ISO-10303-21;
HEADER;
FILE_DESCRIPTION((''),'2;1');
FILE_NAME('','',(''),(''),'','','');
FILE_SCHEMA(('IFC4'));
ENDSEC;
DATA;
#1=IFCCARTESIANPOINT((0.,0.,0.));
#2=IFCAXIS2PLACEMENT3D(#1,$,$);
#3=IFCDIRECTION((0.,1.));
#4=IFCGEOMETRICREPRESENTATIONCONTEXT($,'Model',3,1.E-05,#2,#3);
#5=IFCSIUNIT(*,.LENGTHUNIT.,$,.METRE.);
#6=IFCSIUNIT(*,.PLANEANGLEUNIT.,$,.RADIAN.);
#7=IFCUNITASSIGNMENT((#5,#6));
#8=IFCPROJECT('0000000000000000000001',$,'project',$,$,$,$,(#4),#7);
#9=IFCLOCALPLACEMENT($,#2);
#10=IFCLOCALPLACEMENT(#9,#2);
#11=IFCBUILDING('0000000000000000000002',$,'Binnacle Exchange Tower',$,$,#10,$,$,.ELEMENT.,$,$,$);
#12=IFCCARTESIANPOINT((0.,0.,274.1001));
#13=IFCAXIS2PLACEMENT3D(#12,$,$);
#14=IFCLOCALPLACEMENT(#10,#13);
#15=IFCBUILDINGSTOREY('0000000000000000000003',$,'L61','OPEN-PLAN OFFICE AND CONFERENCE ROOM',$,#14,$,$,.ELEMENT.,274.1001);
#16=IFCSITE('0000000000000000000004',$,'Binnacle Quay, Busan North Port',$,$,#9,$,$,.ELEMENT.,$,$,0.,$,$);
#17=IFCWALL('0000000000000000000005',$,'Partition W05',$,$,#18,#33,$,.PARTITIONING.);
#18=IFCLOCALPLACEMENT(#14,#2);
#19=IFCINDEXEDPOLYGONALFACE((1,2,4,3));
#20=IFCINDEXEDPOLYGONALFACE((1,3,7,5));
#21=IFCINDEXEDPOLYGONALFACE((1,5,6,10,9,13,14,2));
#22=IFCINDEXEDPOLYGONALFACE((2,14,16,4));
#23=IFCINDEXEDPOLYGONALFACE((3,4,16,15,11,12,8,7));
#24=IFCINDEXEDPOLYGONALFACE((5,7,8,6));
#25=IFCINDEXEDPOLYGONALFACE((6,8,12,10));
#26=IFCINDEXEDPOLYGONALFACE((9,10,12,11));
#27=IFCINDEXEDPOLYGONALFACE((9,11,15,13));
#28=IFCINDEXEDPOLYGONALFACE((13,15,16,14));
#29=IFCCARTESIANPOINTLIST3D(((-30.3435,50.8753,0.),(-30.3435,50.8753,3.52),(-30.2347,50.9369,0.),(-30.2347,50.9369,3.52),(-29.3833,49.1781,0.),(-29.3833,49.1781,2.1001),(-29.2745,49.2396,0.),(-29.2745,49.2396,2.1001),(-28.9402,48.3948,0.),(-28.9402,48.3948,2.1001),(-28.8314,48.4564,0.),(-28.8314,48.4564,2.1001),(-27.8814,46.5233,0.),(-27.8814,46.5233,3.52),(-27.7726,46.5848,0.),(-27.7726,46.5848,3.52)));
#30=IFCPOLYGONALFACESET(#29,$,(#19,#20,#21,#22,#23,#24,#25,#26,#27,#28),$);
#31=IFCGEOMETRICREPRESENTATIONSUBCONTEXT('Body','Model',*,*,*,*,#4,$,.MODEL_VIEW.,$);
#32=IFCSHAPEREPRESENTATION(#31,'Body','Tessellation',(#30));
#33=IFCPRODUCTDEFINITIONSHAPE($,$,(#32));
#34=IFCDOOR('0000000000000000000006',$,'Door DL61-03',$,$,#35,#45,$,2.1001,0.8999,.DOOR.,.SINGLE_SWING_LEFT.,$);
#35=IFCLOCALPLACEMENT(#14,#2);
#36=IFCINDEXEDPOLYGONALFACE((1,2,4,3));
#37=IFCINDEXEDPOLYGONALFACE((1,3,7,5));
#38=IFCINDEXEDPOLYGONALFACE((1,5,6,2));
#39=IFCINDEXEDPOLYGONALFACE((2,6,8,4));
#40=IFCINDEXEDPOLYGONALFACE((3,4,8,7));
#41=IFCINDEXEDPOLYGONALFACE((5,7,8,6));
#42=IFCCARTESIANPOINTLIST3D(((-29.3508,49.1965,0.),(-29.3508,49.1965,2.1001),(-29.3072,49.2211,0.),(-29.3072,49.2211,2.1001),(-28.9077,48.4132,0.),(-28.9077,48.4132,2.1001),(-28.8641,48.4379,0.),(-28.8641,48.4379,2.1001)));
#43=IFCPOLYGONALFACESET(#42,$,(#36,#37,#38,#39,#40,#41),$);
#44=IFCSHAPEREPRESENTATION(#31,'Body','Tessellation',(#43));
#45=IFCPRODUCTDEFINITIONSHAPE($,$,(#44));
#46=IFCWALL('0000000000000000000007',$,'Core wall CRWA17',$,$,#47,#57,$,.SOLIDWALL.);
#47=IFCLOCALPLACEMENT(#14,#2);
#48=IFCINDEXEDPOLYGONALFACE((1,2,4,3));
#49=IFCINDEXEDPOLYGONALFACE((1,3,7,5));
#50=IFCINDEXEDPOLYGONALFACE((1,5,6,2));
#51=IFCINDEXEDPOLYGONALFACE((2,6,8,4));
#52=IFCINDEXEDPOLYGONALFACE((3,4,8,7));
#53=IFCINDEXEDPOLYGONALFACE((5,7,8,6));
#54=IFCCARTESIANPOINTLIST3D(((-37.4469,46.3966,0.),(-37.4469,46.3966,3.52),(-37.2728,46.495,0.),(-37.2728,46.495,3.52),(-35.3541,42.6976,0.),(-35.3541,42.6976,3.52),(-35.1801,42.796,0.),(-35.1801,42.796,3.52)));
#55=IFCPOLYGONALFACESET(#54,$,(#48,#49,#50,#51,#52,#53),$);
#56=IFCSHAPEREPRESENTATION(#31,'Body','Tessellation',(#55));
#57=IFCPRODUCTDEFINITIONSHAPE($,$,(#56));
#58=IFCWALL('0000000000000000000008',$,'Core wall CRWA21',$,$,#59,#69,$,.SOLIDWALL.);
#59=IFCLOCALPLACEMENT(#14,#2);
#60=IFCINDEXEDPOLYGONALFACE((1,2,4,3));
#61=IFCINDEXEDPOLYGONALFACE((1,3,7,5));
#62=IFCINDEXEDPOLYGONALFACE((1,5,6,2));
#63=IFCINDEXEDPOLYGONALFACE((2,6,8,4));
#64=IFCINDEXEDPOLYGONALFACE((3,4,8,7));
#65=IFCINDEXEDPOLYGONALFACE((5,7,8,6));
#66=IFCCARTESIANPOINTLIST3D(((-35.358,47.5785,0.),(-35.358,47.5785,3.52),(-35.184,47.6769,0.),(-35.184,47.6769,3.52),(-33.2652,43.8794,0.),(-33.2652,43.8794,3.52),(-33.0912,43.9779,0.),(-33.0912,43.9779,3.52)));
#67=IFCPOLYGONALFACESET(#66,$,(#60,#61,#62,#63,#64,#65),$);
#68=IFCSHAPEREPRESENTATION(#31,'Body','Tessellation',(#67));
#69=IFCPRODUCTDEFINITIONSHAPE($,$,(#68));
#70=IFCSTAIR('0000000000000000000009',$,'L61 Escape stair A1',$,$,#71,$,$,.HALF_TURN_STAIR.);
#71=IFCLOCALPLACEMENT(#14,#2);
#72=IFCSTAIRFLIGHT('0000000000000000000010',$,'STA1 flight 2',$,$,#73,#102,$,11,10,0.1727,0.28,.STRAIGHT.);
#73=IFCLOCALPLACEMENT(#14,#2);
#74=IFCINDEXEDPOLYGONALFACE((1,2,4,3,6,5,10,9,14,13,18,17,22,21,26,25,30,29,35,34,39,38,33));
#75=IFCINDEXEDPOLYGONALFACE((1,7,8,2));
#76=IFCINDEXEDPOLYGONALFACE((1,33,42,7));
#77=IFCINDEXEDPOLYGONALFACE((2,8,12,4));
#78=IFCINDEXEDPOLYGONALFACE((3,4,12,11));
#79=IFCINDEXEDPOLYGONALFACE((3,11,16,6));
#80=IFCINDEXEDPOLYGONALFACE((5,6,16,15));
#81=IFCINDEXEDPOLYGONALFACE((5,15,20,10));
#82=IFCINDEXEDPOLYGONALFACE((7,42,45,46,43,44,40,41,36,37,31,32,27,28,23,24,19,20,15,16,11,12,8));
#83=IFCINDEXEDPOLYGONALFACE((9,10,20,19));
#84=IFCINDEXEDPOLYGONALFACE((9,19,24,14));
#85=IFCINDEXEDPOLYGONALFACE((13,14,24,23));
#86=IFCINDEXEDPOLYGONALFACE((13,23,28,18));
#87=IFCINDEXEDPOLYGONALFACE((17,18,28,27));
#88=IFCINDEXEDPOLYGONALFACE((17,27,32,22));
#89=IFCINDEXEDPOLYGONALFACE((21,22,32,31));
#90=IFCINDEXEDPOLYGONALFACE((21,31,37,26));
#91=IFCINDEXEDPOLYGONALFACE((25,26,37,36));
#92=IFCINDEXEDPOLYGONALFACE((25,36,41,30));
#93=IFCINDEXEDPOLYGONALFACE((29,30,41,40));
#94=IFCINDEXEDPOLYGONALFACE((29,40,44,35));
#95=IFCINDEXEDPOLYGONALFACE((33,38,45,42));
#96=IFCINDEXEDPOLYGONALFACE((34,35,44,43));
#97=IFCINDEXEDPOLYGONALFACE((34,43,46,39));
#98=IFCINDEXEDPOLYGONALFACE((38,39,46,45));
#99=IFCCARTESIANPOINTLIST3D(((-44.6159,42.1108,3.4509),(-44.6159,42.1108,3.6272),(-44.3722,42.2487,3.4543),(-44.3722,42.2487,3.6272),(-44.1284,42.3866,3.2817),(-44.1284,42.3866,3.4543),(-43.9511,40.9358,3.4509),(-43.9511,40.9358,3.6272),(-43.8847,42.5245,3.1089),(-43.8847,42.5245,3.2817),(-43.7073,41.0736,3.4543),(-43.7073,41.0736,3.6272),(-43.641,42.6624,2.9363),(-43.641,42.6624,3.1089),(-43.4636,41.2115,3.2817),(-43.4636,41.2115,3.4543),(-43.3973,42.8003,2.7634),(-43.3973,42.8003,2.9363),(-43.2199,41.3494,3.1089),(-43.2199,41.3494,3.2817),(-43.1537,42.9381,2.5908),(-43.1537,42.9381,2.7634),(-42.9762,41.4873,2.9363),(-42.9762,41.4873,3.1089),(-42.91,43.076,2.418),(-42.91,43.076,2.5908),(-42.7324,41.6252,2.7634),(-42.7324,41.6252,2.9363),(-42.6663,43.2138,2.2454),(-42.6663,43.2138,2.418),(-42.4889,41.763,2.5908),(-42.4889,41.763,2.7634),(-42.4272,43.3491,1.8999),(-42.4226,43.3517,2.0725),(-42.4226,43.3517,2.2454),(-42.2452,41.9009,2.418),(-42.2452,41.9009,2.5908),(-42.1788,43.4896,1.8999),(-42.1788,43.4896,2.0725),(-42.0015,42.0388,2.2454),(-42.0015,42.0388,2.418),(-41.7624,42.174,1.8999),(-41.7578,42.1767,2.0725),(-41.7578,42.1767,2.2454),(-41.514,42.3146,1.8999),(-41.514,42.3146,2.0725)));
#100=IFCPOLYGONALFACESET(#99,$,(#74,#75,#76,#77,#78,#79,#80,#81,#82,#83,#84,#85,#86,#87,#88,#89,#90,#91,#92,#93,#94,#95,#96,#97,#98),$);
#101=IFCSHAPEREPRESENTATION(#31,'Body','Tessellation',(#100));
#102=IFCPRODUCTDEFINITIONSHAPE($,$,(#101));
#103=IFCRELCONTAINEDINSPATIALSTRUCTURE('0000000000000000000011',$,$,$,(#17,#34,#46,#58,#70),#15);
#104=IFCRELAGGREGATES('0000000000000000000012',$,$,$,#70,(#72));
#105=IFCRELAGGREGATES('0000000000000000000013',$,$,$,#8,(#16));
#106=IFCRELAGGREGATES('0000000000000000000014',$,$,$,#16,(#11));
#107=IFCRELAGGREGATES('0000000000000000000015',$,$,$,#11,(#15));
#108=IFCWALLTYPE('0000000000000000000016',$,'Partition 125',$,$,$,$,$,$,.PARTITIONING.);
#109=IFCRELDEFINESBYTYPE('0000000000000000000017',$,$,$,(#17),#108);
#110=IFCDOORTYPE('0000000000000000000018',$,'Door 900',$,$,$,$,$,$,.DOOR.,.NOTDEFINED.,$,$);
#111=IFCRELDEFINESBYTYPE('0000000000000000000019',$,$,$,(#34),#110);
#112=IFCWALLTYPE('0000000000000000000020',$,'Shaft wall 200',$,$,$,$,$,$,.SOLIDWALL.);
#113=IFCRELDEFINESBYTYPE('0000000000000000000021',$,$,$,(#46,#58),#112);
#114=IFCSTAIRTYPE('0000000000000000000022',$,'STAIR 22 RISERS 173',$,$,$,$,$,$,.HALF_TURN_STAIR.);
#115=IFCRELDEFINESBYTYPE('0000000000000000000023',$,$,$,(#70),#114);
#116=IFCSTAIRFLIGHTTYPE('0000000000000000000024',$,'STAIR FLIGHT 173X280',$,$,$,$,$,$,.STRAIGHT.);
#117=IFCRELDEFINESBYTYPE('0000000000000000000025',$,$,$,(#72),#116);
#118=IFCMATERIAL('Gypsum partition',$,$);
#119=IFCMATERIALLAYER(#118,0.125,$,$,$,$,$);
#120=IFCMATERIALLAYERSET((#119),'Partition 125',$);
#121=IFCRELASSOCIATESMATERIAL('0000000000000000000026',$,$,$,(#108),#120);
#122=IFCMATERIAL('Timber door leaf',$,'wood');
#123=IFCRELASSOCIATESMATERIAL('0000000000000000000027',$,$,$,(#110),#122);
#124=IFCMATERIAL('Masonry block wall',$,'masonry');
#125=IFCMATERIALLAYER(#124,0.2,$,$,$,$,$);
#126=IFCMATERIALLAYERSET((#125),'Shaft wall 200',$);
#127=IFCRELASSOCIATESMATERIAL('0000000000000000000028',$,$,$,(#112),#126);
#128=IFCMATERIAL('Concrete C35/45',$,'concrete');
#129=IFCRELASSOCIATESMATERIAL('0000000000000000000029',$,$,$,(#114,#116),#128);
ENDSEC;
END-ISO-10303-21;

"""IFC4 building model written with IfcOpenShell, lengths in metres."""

from ifc_helpers import new_model, si_unit, direction, frame, frame_2d, origin, place, context, subcontext, project, spatial, polyline, rectangle, outline, extrude, material, layer, layer_set, type_object, element, fill, aggregate, save


model = new_model("IFC4")

# Units and contexts
model_context = context("Model", 3, precision=1e-05, world=origin(), true_north=direction((0.0, 1.0)))
body_context = subcontext(model_context, "Body", "Model", "MODEL_VIEW")
ifc_project = project(units=[si_unit("LENGTHUNIT", "METRE"), si_unit("PLANEANGLEUNIT", "RADIAN")], contexts=[model_context])

# Site, building, storey
site_placement = place(None, origin())
site = spatial("IfcSite", under=ifc_project, at=site_placement, Name="Binnacle Quay, Busan North Port", CompositionType="ELEMENT", RefElevation=0.0)
building_placement = place(site_placement, origin())
building = spatial("IfcBuilding", under=site, at=building_placement, Name="Binnacle Exchange Tower", CompositionType="ELEMENT")
storey_placement = place(building_placement, frame((0.0, 0.0, 274.1001)))
storey = spatial("IfcBuildingStorey", under=building, at=storey_placement, Name="L61", Description="OPEN-PLAN OFFICE AND CONFERENCE ROOM", CompositionType="ELEMENT", Elevation=274.1001)

# Shared definitions
ifc_material_1 = material(Name="Masonry block wall", Category="masonry")

# Shared definitions
ifc_material_2 = material(Name="Gypsum partition")
ifc_layer_1 = layer(ifc_material_2, 0.125)
ifc_layer_set_1 = layer_set([ifc_layer_1], Name="Partition 125")
wall_type_1 = type_object("IfcWallType", Name="Partition 125", PredefinedType="PARTITIONING", material=ifc_layer_set_1)

# Shared definitions
ifc_material_3 = material(Name="Timber door leaf", Category="wood")
door_type_1 = type_object("IfcDoorType", Name="Door 900", OperationType="NOTDEFINED", PredefinedType="DOOR", material=ifc_material_3)

# Wall, opening, door
wall_1_placement = place(storey_placement, frame((-30.2891, 50.906, 0.0), z_axis=(0.0, 0.0, 1.0), x_axis=(0.492406, -0.870365, 0.0)))
wall_1 = element("IfcWall", 1, at=wall_1_placement, inside=storey, type_object=wall_type_1, Name="Partition W05", PredefinedType="PARTITIONING", context=body_context, shape_type="SweptSolid", body=[
    extrude(rectangle(XDim=5.0002, YDim=0.125, at=frame_2d((2.5, 0.0))), origin(), (0.0, 0.0, 1.0), 3.52),
])
opening_1_placement = place(wall_1_placement, frame((1.95, 0.0, 0.0)))
opening_1 = element("IfcOpeningElement", 2, at=opening_1_placement, cuts=wall_1, PredefinedType="OPENING", context=body_context, shape_type="SweptSolid", body=[
    extrude(rectangle(XDim=0.8999, YDim=2.1001, at=frame_2d((0.45, 1.05))), frame((0.0, 0.0725, 0.0), z_axis=(0.0, -1.0, 0.0), x_axis=(1.0, 0.0, 0.0)), (0.0, 0.0, 1.0), 0.145),
])
door_1_placement = place(opening_1_placement, origin())
door_1 = element("IfcDoor", 3, at=door_1_placement, inside=storey, type_object=door_type_1, Name="Door DL61-03", OperationType="SINGLE_SWING_LEFT", OverallHeight=2.1001, OverallWidth=0.8999, PredefinedType="DOOR", context=body_context, shape_type="SweptSolid", body=[
    extrude(rectangle(XDim=0.8999, YDim=2.1001, at=frame_2d((0.45, 1.05))), frame((0.0, 0.0249, 0.0), z_axis=(0.0, -1.0, 0.0), x_axis=(1.0, 0.0, 0.0)), (0.0, 0.0, 1.0), 0.05),
])
fill(opening_1, door_1)

# Walls
ifc_layer_2 = layer(ifc_material_1, 0.2)
ifc_layer_set_2 = layer_set([ifc_layer_2], Name="Shaft wall 200")
wall_type_2 = type_object("IfcWallType", Name="Shaft wall 200", PredefinedType="SOLIDWALL", material=ifc_layer_set_2)
for number, where, z_axis, x_axis, name in (
    (4, (-37.3599, 46.4458, 0.0), (0.0, 0.0, 1.0), (0.492423, -0.870356, 0.0), "Core wall CRWA17"),
    (5, (-35.271, 47.6277, 0.0), (0.0, 0.0, 1.0), (0.492423, -0.870356, 0.0), "Core wall CRWA21"),
):
    element("IfcWall", number, at=place(storey_placement, frame(where, z_axis=z_axis, x_axis=x_axis)), inside=storey, type_object=wall_type_2, Name=name, PredefinedType="SOLIDWALL", context=body_context, shape_type="SweptSolid", body=[
        extrude(rectangle(XDim=4.25, YDim=0.2, at=frame_2d((2.125, 0.0))), origin(), (0.0, 0.0, 1.0), 3.52),
    ])

# Stair, stair flight
ifc_material_4 = material(Name="Concrete C35/45", Category="concrete")
stair_type = type_object("IfcStairType", Name="STAIR 22 RISERS 173", PredefinedType="HALF_TURN_STAIR", material=ifc_material_4)
stair_placement = place(storey_placement, origin())
stair = element("IfcStair", 6, at=stair_placement, inside=storey, type_object=stair_type, Name="L61 Escape stair A1", PredefinedType="HALF_TURN_STAIR")
stair_flight_type = type_object("IfcStairFlightType", Name="STAIR FLIGHT 173X280", PredefinedType="STRAIGHT", material=ifc_material_4)
stair_flight_placement = place(storey_placement, frame((-41.8464, 42.9021, 1.8999), z_axis=(0.0, 0.0, 1.0), x_axis=(-0.870356, -0.492424, 0.0)))
stair_flight = element("IfcStairFlight", 7, at=stair_flight_placement, type_object=stair_flight_type, Name="STA1 flight 2", NumberOfRisers=11, NumberOfTreads=10, PredefinedType="STRAIGHT", RiserHeight=0.1727, TreadLength=0.28, context=body_context, shape_type="SweptSolid", body=[
    extrude(outline(polyline([(0.0, 0.0), (0.0, 0.1726), (0.28, 0.1726), (0.28, 0.3455), (0.5601, 0.3455), (0.5601, 0.5181), (0.8401, 0.5181), (0.8401, 0.6909), (1.1201, 0.6909), (1.1201, 0.8635), (1.3999, 0.8635), (1.3999, 1.0364), (1.6799, 1.0364), (1.6799, 1.209), (1.96, 1.209), (1.96, 1.3818), (2.24, 1.3818), (2.24, 1.5544), (2.52, 1.5544), (2.52, 1.7273), (2.8, 1.7273), (2.8, 1.8999), (2.8, 1.551), (0.2854, 0.0), (0.0, 0.0)])), frame((0.0, 0.675, 0.0), z_axis=(0.0, -1.0, 0.0), x_axis=(1.0, 0.0, 0.0)), (0.0, 0.0, 1.0), 1.3501),
])
aggregate(stair, [stair_flight])

save(model, "model.ifc")
